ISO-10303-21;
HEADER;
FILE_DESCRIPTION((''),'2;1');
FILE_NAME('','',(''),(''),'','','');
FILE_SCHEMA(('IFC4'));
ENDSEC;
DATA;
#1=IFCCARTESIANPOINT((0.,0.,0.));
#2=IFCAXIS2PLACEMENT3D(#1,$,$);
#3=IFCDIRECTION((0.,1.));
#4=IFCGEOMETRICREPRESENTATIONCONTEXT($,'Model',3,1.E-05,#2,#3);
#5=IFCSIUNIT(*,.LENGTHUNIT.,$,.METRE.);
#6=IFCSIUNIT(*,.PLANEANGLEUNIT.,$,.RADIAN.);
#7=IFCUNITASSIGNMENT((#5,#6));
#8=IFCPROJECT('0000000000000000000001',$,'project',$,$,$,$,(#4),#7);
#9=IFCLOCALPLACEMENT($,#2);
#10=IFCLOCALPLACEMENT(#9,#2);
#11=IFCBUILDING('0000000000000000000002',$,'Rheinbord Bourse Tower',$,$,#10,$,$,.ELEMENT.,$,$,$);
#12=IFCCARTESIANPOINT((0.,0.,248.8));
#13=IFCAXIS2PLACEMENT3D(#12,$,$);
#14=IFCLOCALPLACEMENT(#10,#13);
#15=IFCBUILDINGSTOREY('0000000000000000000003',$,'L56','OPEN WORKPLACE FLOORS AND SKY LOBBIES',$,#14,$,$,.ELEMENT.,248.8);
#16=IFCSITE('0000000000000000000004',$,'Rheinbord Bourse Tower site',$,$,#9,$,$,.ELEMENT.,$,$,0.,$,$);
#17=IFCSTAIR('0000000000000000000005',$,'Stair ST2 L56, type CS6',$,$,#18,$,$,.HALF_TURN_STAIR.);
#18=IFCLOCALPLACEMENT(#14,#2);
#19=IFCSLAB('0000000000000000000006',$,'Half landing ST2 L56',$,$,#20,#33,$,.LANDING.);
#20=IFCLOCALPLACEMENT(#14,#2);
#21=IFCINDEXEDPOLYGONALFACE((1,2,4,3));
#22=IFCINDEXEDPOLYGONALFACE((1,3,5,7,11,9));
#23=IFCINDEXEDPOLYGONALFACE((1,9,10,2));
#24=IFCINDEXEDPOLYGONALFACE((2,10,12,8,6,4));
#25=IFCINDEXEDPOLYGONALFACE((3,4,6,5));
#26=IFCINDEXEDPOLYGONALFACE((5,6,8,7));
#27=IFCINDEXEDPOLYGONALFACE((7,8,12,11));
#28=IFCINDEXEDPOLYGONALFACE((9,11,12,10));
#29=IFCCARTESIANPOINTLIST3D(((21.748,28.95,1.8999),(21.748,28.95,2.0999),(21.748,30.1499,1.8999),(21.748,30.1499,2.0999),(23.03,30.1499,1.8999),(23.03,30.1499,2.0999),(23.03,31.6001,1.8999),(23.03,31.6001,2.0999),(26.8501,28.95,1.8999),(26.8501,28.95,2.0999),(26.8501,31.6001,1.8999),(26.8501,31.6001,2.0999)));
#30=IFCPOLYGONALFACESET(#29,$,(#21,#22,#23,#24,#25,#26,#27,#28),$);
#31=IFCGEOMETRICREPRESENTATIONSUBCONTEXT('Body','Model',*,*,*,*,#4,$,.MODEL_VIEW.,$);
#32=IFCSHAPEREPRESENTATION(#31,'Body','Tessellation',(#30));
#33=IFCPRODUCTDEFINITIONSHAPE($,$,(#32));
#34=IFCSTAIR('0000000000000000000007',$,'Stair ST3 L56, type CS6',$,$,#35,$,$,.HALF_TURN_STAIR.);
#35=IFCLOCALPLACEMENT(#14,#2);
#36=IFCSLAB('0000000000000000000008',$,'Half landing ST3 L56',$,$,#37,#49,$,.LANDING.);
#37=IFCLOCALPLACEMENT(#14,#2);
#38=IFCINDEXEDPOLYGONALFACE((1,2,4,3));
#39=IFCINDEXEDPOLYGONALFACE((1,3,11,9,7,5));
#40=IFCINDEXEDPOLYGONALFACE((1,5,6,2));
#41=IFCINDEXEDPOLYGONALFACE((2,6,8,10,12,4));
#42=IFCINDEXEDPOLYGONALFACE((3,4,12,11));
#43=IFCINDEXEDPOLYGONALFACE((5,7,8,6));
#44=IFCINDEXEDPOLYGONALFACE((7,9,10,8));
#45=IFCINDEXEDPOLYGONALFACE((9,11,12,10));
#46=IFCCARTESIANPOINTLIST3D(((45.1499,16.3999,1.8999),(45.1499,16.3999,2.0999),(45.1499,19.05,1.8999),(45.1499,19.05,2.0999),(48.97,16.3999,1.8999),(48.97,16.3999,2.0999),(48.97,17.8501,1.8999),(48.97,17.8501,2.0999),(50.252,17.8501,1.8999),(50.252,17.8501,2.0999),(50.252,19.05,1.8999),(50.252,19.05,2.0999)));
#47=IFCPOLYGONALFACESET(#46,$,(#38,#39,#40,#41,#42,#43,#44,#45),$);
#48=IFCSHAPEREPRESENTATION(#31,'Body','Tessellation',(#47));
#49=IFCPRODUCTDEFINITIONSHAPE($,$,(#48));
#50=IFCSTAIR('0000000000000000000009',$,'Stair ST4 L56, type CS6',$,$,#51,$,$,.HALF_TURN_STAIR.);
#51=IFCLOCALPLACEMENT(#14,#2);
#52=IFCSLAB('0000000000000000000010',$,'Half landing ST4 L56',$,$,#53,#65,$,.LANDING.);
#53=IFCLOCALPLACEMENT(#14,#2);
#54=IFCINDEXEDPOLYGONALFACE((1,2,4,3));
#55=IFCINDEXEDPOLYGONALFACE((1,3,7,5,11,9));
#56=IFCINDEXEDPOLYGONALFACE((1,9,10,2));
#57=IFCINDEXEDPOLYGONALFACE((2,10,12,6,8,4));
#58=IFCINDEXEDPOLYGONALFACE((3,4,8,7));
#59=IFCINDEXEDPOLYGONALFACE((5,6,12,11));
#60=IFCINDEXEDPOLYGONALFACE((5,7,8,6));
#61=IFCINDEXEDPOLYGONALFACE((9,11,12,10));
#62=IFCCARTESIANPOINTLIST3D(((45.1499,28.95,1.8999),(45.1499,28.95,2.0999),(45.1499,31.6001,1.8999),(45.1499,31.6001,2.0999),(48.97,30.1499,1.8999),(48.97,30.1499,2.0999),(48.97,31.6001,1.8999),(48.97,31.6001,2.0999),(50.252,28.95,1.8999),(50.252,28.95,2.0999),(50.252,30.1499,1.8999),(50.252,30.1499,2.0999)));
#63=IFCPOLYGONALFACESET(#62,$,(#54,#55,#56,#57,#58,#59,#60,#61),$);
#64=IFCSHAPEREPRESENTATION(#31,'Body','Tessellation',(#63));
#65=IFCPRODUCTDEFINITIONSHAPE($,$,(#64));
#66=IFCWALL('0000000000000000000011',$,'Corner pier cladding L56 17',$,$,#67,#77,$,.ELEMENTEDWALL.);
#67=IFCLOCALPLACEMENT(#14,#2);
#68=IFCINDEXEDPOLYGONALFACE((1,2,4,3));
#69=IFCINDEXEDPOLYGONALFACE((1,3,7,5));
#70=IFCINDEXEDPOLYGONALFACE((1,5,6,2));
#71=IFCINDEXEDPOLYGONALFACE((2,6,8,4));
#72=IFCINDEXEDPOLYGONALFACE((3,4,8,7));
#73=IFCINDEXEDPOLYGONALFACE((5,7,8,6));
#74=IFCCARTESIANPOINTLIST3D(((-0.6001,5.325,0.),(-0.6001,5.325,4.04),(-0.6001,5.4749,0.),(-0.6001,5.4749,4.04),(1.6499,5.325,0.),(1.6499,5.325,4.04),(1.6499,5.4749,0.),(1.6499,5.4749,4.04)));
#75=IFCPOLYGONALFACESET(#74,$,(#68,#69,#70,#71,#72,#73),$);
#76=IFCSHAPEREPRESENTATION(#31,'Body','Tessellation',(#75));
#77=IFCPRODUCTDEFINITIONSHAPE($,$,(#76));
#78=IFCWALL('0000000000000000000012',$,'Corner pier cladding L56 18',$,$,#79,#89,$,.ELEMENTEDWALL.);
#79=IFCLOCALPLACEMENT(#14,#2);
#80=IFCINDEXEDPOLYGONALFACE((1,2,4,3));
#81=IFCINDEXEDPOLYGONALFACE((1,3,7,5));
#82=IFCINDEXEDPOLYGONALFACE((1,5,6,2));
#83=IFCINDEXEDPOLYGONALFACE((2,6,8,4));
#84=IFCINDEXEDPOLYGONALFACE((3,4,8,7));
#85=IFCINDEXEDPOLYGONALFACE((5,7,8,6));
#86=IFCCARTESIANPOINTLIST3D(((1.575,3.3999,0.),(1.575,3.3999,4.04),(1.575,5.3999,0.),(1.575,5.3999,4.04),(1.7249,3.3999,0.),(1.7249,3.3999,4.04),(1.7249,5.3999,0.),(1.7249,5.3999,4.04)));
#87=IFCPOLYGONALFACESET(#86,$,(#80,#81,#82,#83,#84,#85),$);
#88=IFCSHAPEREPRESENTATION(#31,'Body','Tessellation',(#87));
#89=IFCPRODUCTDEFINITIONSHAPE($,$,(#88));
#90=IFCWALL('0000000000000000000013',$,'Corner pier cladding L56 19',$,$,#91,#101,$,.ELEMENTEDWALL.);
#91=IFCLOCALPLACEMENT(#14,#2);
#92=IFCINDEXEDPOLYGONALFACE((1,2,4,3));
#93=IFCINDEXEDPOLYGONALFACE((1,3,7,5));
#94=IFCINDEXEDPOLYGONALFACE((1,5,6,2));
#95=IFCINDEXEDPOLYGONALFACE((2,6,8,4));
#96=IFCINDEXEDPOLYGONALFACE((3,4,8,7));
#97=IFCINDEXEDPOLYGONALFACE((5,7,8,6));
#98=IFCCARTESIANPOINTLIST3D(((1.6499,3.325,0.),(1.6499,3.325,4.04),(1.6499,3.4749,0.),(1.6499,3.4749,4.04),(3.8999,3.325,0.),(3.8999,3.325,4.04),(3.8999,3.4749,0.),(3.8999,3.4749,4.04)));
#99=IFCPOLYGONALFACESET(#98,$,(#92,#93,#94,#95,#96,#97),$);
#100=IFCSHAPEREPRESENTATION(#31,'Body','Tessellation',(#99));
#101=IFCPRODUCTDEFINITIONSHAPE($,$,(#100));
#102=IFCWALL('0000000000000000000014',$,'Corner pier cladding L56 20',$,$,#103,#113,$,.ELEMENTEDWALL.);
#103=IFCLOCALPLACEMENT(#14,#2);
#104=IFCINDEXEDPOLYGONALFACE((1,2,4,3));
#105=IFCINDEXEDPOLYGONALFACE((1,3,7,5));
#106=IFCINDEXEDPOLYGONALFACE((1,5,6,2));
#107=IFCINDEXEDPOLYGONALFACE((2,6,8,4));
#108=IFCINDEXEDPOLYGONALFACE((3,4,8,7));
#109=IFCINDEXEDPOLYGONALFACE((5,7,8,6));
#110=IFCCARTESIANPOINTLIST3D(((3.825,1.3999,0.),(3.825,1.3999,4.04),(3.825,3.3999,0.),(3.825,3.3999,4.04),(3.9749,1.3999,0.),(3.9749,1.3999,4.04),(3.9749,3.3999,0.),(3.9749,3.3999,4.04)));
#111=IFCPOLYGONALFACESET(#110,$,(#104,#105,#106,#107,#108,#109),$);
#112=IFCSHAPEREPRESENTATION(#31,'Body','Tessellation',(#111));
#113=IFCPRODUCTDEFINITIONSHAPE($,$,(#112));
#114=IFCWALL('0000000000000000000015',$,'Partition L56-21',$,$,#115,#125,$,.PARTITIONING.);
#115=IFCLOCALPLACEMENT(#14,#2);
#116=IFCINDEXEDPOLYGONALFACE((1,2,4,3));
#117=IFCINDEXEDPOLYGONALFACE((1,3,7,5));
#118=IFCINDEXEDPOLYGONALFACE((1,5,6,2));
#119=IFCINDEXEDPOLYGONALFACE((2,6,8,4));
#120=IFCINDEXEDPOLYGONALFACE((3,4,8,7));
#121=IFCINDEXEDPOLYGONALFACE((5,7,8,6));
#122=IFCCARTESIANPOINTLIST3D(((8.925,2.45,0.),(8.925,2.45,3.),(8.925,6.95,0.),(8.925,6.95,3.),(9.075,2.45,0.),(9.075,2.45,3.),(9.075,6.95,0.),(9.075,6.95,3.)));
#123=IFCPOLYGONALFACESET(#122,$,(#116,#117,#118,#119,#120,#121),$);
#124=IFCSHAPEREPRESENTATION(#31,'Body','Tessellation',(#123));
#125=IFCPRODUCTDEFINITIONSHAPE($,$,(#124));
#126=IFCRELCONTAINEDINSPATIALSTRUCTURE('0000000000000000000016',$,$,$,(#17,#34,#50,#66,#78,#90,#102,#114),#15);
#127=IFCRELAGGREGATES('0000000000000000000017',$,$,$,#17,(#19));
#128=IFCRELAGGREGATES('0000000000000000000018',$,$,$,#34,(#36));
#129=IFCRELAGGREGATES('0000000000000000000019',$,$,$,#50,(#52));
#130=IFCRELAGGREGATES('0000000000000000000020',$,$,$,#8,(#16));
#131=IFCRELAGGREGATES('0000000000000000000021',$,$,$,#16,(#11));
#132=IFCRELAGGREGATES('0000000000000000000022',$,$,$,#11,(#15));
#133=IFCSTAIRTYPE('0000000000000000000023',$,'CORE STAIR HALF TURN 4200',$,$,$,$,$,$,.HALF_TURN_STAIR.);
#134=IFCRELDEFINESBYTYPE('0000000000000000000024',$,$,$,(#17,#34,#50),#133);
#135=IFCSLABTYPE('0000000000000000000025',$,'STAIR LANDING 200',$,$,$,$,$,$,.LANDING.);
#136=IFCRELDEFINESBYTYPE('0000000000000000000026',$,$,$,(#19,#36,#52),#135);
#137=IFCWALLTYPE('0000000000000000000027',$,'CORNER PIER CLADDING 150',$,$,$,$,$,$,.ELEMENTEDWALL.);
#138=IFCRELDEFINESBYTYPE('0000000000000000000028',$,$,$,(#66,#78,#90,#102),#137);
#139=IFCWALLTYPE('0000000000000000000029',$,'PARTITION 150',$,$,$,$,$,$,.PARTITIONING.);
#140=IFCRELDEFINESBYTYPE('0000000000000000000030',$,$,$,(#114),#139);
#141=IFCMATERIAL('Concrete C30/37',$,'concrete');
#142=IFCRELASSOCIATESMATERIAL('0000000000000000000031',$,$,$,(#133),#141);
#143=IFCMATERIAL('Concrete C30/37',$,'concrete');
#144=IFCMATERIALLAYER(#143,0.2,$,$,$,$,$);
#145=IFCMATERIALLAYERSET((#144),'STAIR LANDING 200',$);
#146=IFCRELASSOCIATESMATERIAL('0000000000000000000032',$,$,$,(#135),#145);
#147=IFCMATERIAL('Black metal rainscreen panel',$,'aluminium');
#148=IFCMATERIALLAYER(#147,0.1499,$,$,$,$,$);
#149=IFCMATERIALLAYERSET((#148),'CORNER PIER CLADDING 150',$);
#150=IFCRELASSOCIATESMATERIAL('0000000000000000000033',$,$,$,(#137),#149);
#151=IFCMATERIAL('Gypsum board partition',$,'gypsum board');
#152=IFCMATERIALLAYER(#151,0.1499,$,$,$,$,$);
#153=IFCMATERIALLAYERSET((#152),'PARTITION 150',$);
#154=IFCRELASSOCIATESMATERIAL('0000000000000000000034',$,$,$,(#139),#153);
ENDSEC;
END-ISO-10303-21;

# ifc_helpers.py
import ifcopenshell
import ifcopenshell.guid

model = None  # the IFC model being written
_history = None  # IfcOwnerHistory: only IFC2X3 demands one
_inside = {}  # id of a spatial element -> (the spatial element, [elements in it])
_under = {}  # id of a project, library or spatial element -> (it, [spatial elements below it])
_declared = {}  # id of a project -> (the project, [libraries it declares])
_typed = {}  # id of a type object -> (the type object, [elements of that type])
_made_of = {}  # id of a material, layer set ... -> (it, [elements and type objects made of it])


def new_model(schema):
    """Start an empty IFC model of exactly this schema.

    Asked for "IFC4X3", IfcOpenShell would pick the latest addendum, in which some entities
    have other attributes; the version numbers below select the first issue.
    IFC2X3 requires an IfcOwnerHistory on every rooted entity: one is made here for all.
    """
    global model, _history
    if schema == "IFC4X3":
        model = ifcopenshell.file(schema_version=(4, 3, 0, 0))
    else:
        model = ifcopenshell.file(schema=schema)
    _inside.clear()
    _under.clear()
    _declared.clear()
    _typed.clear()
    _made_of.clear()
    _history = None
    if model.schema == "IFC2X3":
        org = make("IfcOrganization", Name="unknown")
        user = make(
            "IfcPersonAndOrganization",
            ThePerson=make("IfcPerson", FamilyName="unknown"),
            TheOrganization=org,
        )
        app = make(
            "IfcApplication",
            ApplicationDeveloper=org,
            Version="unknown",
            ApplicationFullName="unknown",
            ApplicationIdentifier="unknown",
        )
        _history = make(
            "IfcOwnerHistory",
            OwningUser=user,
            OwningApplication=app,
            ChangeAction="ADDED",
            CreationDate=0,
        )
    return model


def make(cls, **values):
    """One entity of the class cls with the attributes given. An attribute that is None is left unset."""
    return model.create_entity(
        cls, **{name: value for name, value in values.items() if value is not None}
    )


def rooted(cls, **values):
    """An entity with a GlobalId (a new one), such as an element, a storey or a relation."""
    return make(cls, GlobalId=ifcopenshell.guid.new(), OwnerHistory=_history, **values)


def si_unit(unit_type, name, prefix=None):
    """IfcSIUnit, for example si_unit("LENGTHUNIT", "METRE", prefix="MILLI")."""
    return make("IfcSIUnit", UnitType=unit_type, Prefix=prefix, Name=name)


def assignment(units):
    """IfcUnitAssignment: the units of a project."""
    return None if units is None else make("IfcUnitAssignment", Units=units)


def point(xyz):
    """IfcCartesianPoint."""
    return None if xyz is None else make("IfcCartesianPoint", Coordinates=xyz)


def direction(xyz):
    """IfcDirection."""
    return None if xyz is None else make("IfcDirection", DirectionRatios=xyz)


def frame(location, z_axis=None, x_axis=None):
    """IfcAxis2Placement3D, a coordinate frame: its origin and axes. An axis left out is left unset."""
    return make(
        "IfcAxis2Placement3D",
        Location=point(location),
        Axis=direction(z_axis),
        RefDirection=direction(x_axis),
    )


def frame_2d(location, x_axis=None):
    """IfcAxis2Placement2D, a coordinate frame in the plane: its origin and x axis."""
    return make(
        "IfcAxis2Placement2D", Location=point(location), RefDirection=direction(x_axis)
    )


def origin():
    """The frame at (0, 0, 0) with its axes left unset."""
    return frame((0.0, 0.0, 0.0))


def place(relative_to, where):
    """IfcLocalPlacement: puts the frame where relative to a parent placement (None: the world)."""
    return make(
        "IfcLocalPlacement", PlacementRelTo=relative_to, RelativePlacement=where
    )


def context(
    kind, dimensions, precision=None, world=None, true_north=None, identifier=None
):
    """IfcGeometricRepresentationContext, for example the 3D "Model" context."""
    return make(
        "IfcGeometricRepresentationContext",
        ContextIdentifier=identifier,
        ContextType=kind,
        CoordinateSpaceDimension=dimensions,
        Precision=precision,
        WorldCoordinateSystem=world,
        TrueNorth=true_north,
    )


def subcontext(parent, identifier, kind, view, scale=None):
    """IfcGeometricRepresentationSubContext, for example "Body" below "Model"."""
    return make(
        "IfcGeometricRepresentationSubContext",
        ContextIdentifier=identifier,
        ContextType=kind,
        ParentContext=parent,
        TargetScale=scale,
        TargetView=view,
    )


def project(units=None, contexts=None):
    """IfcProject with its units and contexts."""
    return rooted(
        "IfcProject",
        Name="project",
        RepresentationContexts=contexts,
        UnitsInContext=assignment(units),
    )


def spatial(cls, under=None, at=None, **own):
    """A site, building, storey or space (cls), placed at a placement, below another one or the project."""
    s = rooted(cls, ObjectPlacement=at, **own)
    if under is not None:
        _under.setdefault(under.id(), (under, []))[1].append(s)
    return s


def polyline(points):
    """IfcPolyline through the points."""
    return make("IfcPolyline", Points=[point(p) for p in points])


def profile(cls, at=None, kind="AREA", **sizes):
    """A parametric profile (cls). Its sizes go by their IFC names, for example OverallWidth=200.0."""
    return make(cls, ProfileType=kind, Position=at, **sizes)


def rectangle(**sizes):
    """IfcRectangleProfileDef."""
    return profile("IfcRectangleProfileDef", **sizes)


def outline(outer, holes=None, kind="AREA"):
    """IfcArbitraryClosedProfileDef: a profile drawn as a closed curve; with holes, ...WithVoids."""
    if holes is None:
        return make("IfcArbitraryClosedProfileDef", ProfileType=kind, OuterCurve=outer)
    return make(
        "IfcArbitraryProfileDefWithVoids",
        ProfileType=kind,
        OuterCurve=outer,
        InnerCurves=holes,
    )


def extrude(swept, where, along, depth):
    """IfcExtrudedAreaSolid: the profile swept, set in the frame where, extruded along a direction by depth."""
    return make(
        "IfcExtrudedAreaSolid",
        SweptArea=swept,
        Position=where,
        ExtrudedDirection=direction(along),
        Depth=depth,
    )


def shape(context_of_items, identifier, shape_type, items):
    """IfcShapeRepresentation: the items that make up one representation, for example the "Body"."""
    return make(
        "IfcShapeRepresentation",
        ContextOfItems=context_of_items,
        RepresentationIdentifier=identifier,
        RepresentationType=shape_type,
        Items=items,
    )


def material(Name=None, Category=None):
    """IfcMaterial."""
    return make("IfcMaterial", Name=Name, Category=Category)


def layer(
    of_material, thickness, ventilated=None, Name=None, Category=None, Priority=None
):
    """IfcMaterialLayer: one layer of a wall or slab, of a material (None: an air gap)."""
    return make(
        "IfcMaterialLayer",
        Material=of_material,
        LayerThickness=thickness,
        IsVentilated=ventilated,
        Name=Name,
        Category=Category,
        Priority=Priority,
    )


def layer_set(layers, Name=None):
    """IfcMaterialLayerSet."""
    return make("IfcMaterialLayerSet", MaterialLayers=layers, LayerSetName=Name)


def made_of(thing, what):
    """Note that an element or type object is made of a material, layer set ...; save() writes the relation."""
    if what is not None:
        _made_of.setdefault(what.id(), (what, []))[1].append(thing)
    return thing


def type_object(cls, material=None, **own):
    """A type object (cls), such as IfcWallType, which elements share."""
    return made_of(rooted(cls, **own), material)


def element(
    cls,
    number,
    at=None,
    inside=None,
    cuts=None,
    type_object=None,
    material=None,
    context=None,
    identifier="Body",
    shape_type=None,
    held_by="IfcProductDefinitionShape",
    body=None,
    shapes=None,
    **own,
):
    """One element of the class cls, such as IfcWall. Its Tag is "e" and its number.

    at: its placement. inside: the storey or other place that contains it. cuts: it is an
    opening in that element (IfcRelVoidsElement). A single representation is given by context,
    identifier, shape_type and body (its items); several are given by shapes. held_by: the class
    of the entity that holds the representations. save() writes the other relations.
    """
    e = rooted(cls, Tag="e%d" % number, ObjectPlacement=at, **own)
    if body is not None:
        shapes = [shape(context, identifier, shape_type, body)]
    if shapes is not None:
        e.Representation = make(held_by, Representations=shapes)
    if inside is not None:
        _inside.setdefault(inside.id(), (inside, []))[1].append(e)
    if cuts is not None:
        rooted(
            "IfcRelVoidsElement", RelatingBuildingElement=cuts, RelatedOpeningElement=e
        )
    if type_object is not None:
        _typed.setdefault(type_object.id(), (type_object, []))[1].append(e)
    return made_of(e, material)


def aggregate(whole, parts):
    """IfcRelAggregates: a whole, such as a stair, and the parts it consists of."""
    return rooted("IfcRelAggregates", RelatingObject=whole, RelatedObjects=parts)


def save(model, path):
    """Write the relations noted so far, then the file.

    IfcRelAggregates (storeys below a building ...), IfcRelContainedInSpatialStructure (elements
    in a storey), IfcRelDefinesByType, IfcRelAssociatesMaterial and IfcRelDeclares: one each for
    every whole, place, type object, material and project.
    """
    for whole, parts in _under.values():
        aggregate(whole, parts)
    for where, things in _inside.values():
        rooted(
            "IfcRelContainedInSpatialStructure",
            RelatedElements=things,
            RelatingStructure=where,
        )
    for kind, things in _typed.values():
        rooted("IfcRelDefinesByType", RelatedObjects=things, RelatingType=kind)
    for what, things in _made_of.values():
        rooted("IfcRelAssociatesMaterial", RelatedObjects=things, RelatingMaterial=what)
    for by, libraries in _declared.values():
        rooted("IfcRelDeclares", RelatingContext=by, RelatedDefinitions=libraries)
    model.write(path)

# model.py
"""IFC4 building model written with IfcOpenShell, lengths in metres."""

from ifc_helpers import new_model, si_unit, direction, frame, frame_2d, origin, place, context, subcontext, project, spatial, polyline, rectangle, outline, extrude, material, layer, layer_set, type_object, element, aggregate, save


model = new_model("IFC4")

# Units and contexts
model_context = context("Model", 3, precision=1e-05, world=origin(), true_north=direction((0.0, 1.0)))
body_context = subcontext(model_context, "Body", "Model", "MODEL_VIEW")
ifc_project = project(units=[si_unit("LENGTHUNIT", "METRE"), si_unit("PLANEANGLEUNIT", "RADIAN")], contexts=[model_context])

# Site, building, storey
site_placement = place(None, origin())
site = spatial("IfcSite", under=ifc_project, at=site_placement, Name="Rheinbord Bourse Tower site", CompositionType="ELEMENT", RefElevation=0.0)
building_placement = place(site_placement, origin())
building = spatial("IfcBuilding", under=site, at=building_placement, Name="Rheinbord Bourse Tower", CompositionType="ELEMENT")
storey_placement = place(building_placement, frame((0.0, 0.0, 248.8)))
storey = spatial("IfcBuildingStorey", under=building, at=storey_placement, Name="L56", Description="OPEN WORKPLACE FLOORS AND SKY LOBBIES", CompositionType="ELEMENT", Elevation=248.8)

# Stairs, slabs
ifc_material_1 = material(Name="Concrete C30/37", Category="concrete")
stair_type = type_object("IfcStairType", Name="CORE STAIR HALF TURN 4200", PredefinedType="HALF_TURN_STAIR", material=ifc_material_1)
ifc_material_2 = material(Name="Concrete C30/37", Category="concrete")
ifc_layer_1 = layer(ifc_material_2, 0.2)
ifc_layer_set_1 = layer_set([ifc_layer_1], Name="STAIR LANDING 200")
slab_type_1 = type_object("IfcSlabType", Name="STAIR LANDING 200", PredefinedType="LANDING", material=ifc_layer_set_1)
stair_1_placement = place(storey_placement, origin())
stair_1 = element("IfcStair", 1, at=stair_1_placement, inside=storey, type_object=stair_type, Name="Stair ST2 L56, type CS6", PredefinedType="HALF_TURN_STAIR")
slab_1_placement = place(storey_placement, frame((0.0, 0.0, 1.8999)))
slab_1 = element("IfcSlab", 2, at=slab_1_placement, type_object=slab_type_1, Name="Half landing ST2 L56", PredefinedType="LANDING", context=body_context, shape_type="SweptSolid", body=[
    extrude(outline(polyline([(21.748, 28.95), (26.8501, 28.95), (26.8501, 31.6001), (23.03, 31.6001), (23.03, 30.1499), (21.748, 30.1499), (21.748, 28.95)])), origin(), (0.0, 0.0, 1.0), 0.2),
])
aggregate(stair_1, [slab_1])
stair_2_placement = place(storey_placement, origin())
stair_2 = element("IfcStair", 3, at=stair_2_placement, inside=storey, type_object=stair_type, Name="Stair ST3 L56, type CS6", PredefinedType="HALF_TURN_STAIR")
slab_2_placement = place(storey_placement, frame((0.0, 0.0, 1.8999)))
slab_2 = element("IfcSlab", 4, at=slab_2_placement, type_object=slab_type_1, Name="Half landing ST3 L56", PredefinedType="LANDING", context=body_context, shape_type="SweptSolid", body=[
    extrude(outline(polyline([(45.1499, 16.3999), (48.97, 16.3999), (48.97, 17.8501), (50.252, 17.8501), (50.252, 19.05), (45.1499, 19.05), (45.1499, 16.3999)])), origin(), (0.0, 0.0, 1.0), 0.2),
])
aggregate(stair_2, [slab_2])
stair_3_placement = place(storey_placement, origin())
stair_3 = element("IfcStair", 5, at=stair_3_placement, inside=storey, type_object=stair_type, Name="Stair ST4 L56, type CS6", PredefinedType="HALF_TURN_STAIR")
slab_3_placement = place(storey_placement, frame((0.0, 0.0, 1.8999)))
slab_3 = element("IfcSlab", 6, at=slab_3_placement, type_object=slab_type_1, Name="Half landing ST4 L56", PredefinedType="LANDING", context=body_context, shape_type="SweptSolid", body=[
    extrude(outline(polyline([(45.1499, 28.95), (50.252, 28.95), (50.252, 30.1499), (48.97, 30.1499), (48.97, 31.6001), (45.1499, 31.6001), (45.1499, 28.95)])), origin(), (0.0, 0.0, 1.0), 0.2),
])
aggregate(stair_3, [slab_3])

# Walls
ifc_material_3 = material(Name="Black metal rainscreen panel", Category="aluminium")
ifc_layer_2 = layer(ifc_material_3, 0.1499)
ifc_layer_set_2 = layer_set([ifc_layer_2], Name="CORNER PIER CLADDING 150")
wall_type_1 = type_object("IfcWallType", Name="CORNER PIER CLADDING 150", PredefinedType="ELEMENTEDWALL", material=ifc_layer_set_2)
wall_1_placement = place(storey_placement, frame((-0.6001, 5.3999, 0.0), z_axis=(0.0, 0.0, 1.0), x_axis=(1.0, 0.0, 0.0)))
element("IfcWall", 7, at=wall_1_placement, inside=storey, type_object=wall_type_1, Name="Corner pier cladding L56 17", PredefinedType="ELEMENTEDWALL", context=body_context, shape_type="SweptSolid", body=[
    extrude(rectangle(XDim=2.25, YDim=0.1499, at=frame_2d((1.125, 0.0))), origin(), (0.0, 0.0, 1.0), 4.04),
])
wall_2_placement = place(storey_placement, frame((1.6499, 5.3999, 0.0), z_axis=(0.0, 0.0, 1.0), x_axis=(0.0, -1.0, 0.0)))
element("IfcWall", 8, at=wall_2_placement, inside=storey, type_object=wall_type_1, Name="Corner pier cladding L56 18", PredefinedType="ELEMENTEDWALL", context=body_context, shape_type="SweptSolid", body=[
    extrude(rectangle(XDim=2.0, YDim=0.1499, at=frame_2d((1.0, 0.0))), origin(), (0.0, 0.0, 1.0), 4.04),
])
wall_3_placement = place(storey_placement, frame((1.6499, 3.3999, 0.0), z_axis=(0.0, 0.0, 1.0), x_axis=(1.0, 0.0, 0.0)))
element("IfcWall", 9, at=wall_3_placement, inside=storey, type_object=wall_type_1, Name="Corner pier cladding L56 19", PredefinedType="ELEMENTEDWALL", context=body_context, shape_type="SweptSolid", body=[
    extrude(rectangle(XDim=2.25, YDim=0.1499, at=frame_2d((1.125, 0.0))), origin(), (0.0, 0.0, 1.0), 4.04),
])
wall_4_placement = place(storey_placement, frame((3.8999, 3.3999, 0.0), z_axis=(0.0, 0.0, 1.0), x_axis=(0.0, -1.0, 0.0)))
element("IfcWall", 10, at=wall_4_placement, inside=storey, type_object=wall_type_1, Name="Corner pier cladding L56 20", PredefinedType="ELEMENTEDWALL", context=body_context, shape_type="SweptSolid", body=[
    extrude(rectangle(XDim=2.0, YDim=0.1499, at=frame_2d((1.0, 0.0))), origin(), (0.0, 0.0, 1.0), 4.04),
])
ifc_material_4 = material(Name="Gypsum board partition", Category="gypsum board")
ifc_layer_3 = layer(ifc_material_4, 0.1499)
ifc_layer_set_3 = layer_set([ifc_layer_3], Name="PARTITION 150")
wall_type_2 = type_object("IfcWallType", Name="PARTITION 150", PredefinedType="PARTITIONING", material=ifc_layer_set_3)
wall_5_placement = place(storey_placement, frame((9.0, 2.45, 0.0), z_axis=(0.0, 0.0, 1.0), x_axis=(0.0, 1.0, 0.0)))
element("IfcWall", 11, at=wall_5_placement, inside=storey, type_object=wall_type_2, Name="Partition L56-21", PredefinedType="PARTITIONING", context=body_context, shape_type="SweptSolid", body=[
    extrude(rectangle(XDim=4.5, YDim=0.1499, at=frame_2d((2.25, 0.0))), origin(), (0.0, 0.0, 1.0), 3.0),
])

save(model, "model.ifc")
